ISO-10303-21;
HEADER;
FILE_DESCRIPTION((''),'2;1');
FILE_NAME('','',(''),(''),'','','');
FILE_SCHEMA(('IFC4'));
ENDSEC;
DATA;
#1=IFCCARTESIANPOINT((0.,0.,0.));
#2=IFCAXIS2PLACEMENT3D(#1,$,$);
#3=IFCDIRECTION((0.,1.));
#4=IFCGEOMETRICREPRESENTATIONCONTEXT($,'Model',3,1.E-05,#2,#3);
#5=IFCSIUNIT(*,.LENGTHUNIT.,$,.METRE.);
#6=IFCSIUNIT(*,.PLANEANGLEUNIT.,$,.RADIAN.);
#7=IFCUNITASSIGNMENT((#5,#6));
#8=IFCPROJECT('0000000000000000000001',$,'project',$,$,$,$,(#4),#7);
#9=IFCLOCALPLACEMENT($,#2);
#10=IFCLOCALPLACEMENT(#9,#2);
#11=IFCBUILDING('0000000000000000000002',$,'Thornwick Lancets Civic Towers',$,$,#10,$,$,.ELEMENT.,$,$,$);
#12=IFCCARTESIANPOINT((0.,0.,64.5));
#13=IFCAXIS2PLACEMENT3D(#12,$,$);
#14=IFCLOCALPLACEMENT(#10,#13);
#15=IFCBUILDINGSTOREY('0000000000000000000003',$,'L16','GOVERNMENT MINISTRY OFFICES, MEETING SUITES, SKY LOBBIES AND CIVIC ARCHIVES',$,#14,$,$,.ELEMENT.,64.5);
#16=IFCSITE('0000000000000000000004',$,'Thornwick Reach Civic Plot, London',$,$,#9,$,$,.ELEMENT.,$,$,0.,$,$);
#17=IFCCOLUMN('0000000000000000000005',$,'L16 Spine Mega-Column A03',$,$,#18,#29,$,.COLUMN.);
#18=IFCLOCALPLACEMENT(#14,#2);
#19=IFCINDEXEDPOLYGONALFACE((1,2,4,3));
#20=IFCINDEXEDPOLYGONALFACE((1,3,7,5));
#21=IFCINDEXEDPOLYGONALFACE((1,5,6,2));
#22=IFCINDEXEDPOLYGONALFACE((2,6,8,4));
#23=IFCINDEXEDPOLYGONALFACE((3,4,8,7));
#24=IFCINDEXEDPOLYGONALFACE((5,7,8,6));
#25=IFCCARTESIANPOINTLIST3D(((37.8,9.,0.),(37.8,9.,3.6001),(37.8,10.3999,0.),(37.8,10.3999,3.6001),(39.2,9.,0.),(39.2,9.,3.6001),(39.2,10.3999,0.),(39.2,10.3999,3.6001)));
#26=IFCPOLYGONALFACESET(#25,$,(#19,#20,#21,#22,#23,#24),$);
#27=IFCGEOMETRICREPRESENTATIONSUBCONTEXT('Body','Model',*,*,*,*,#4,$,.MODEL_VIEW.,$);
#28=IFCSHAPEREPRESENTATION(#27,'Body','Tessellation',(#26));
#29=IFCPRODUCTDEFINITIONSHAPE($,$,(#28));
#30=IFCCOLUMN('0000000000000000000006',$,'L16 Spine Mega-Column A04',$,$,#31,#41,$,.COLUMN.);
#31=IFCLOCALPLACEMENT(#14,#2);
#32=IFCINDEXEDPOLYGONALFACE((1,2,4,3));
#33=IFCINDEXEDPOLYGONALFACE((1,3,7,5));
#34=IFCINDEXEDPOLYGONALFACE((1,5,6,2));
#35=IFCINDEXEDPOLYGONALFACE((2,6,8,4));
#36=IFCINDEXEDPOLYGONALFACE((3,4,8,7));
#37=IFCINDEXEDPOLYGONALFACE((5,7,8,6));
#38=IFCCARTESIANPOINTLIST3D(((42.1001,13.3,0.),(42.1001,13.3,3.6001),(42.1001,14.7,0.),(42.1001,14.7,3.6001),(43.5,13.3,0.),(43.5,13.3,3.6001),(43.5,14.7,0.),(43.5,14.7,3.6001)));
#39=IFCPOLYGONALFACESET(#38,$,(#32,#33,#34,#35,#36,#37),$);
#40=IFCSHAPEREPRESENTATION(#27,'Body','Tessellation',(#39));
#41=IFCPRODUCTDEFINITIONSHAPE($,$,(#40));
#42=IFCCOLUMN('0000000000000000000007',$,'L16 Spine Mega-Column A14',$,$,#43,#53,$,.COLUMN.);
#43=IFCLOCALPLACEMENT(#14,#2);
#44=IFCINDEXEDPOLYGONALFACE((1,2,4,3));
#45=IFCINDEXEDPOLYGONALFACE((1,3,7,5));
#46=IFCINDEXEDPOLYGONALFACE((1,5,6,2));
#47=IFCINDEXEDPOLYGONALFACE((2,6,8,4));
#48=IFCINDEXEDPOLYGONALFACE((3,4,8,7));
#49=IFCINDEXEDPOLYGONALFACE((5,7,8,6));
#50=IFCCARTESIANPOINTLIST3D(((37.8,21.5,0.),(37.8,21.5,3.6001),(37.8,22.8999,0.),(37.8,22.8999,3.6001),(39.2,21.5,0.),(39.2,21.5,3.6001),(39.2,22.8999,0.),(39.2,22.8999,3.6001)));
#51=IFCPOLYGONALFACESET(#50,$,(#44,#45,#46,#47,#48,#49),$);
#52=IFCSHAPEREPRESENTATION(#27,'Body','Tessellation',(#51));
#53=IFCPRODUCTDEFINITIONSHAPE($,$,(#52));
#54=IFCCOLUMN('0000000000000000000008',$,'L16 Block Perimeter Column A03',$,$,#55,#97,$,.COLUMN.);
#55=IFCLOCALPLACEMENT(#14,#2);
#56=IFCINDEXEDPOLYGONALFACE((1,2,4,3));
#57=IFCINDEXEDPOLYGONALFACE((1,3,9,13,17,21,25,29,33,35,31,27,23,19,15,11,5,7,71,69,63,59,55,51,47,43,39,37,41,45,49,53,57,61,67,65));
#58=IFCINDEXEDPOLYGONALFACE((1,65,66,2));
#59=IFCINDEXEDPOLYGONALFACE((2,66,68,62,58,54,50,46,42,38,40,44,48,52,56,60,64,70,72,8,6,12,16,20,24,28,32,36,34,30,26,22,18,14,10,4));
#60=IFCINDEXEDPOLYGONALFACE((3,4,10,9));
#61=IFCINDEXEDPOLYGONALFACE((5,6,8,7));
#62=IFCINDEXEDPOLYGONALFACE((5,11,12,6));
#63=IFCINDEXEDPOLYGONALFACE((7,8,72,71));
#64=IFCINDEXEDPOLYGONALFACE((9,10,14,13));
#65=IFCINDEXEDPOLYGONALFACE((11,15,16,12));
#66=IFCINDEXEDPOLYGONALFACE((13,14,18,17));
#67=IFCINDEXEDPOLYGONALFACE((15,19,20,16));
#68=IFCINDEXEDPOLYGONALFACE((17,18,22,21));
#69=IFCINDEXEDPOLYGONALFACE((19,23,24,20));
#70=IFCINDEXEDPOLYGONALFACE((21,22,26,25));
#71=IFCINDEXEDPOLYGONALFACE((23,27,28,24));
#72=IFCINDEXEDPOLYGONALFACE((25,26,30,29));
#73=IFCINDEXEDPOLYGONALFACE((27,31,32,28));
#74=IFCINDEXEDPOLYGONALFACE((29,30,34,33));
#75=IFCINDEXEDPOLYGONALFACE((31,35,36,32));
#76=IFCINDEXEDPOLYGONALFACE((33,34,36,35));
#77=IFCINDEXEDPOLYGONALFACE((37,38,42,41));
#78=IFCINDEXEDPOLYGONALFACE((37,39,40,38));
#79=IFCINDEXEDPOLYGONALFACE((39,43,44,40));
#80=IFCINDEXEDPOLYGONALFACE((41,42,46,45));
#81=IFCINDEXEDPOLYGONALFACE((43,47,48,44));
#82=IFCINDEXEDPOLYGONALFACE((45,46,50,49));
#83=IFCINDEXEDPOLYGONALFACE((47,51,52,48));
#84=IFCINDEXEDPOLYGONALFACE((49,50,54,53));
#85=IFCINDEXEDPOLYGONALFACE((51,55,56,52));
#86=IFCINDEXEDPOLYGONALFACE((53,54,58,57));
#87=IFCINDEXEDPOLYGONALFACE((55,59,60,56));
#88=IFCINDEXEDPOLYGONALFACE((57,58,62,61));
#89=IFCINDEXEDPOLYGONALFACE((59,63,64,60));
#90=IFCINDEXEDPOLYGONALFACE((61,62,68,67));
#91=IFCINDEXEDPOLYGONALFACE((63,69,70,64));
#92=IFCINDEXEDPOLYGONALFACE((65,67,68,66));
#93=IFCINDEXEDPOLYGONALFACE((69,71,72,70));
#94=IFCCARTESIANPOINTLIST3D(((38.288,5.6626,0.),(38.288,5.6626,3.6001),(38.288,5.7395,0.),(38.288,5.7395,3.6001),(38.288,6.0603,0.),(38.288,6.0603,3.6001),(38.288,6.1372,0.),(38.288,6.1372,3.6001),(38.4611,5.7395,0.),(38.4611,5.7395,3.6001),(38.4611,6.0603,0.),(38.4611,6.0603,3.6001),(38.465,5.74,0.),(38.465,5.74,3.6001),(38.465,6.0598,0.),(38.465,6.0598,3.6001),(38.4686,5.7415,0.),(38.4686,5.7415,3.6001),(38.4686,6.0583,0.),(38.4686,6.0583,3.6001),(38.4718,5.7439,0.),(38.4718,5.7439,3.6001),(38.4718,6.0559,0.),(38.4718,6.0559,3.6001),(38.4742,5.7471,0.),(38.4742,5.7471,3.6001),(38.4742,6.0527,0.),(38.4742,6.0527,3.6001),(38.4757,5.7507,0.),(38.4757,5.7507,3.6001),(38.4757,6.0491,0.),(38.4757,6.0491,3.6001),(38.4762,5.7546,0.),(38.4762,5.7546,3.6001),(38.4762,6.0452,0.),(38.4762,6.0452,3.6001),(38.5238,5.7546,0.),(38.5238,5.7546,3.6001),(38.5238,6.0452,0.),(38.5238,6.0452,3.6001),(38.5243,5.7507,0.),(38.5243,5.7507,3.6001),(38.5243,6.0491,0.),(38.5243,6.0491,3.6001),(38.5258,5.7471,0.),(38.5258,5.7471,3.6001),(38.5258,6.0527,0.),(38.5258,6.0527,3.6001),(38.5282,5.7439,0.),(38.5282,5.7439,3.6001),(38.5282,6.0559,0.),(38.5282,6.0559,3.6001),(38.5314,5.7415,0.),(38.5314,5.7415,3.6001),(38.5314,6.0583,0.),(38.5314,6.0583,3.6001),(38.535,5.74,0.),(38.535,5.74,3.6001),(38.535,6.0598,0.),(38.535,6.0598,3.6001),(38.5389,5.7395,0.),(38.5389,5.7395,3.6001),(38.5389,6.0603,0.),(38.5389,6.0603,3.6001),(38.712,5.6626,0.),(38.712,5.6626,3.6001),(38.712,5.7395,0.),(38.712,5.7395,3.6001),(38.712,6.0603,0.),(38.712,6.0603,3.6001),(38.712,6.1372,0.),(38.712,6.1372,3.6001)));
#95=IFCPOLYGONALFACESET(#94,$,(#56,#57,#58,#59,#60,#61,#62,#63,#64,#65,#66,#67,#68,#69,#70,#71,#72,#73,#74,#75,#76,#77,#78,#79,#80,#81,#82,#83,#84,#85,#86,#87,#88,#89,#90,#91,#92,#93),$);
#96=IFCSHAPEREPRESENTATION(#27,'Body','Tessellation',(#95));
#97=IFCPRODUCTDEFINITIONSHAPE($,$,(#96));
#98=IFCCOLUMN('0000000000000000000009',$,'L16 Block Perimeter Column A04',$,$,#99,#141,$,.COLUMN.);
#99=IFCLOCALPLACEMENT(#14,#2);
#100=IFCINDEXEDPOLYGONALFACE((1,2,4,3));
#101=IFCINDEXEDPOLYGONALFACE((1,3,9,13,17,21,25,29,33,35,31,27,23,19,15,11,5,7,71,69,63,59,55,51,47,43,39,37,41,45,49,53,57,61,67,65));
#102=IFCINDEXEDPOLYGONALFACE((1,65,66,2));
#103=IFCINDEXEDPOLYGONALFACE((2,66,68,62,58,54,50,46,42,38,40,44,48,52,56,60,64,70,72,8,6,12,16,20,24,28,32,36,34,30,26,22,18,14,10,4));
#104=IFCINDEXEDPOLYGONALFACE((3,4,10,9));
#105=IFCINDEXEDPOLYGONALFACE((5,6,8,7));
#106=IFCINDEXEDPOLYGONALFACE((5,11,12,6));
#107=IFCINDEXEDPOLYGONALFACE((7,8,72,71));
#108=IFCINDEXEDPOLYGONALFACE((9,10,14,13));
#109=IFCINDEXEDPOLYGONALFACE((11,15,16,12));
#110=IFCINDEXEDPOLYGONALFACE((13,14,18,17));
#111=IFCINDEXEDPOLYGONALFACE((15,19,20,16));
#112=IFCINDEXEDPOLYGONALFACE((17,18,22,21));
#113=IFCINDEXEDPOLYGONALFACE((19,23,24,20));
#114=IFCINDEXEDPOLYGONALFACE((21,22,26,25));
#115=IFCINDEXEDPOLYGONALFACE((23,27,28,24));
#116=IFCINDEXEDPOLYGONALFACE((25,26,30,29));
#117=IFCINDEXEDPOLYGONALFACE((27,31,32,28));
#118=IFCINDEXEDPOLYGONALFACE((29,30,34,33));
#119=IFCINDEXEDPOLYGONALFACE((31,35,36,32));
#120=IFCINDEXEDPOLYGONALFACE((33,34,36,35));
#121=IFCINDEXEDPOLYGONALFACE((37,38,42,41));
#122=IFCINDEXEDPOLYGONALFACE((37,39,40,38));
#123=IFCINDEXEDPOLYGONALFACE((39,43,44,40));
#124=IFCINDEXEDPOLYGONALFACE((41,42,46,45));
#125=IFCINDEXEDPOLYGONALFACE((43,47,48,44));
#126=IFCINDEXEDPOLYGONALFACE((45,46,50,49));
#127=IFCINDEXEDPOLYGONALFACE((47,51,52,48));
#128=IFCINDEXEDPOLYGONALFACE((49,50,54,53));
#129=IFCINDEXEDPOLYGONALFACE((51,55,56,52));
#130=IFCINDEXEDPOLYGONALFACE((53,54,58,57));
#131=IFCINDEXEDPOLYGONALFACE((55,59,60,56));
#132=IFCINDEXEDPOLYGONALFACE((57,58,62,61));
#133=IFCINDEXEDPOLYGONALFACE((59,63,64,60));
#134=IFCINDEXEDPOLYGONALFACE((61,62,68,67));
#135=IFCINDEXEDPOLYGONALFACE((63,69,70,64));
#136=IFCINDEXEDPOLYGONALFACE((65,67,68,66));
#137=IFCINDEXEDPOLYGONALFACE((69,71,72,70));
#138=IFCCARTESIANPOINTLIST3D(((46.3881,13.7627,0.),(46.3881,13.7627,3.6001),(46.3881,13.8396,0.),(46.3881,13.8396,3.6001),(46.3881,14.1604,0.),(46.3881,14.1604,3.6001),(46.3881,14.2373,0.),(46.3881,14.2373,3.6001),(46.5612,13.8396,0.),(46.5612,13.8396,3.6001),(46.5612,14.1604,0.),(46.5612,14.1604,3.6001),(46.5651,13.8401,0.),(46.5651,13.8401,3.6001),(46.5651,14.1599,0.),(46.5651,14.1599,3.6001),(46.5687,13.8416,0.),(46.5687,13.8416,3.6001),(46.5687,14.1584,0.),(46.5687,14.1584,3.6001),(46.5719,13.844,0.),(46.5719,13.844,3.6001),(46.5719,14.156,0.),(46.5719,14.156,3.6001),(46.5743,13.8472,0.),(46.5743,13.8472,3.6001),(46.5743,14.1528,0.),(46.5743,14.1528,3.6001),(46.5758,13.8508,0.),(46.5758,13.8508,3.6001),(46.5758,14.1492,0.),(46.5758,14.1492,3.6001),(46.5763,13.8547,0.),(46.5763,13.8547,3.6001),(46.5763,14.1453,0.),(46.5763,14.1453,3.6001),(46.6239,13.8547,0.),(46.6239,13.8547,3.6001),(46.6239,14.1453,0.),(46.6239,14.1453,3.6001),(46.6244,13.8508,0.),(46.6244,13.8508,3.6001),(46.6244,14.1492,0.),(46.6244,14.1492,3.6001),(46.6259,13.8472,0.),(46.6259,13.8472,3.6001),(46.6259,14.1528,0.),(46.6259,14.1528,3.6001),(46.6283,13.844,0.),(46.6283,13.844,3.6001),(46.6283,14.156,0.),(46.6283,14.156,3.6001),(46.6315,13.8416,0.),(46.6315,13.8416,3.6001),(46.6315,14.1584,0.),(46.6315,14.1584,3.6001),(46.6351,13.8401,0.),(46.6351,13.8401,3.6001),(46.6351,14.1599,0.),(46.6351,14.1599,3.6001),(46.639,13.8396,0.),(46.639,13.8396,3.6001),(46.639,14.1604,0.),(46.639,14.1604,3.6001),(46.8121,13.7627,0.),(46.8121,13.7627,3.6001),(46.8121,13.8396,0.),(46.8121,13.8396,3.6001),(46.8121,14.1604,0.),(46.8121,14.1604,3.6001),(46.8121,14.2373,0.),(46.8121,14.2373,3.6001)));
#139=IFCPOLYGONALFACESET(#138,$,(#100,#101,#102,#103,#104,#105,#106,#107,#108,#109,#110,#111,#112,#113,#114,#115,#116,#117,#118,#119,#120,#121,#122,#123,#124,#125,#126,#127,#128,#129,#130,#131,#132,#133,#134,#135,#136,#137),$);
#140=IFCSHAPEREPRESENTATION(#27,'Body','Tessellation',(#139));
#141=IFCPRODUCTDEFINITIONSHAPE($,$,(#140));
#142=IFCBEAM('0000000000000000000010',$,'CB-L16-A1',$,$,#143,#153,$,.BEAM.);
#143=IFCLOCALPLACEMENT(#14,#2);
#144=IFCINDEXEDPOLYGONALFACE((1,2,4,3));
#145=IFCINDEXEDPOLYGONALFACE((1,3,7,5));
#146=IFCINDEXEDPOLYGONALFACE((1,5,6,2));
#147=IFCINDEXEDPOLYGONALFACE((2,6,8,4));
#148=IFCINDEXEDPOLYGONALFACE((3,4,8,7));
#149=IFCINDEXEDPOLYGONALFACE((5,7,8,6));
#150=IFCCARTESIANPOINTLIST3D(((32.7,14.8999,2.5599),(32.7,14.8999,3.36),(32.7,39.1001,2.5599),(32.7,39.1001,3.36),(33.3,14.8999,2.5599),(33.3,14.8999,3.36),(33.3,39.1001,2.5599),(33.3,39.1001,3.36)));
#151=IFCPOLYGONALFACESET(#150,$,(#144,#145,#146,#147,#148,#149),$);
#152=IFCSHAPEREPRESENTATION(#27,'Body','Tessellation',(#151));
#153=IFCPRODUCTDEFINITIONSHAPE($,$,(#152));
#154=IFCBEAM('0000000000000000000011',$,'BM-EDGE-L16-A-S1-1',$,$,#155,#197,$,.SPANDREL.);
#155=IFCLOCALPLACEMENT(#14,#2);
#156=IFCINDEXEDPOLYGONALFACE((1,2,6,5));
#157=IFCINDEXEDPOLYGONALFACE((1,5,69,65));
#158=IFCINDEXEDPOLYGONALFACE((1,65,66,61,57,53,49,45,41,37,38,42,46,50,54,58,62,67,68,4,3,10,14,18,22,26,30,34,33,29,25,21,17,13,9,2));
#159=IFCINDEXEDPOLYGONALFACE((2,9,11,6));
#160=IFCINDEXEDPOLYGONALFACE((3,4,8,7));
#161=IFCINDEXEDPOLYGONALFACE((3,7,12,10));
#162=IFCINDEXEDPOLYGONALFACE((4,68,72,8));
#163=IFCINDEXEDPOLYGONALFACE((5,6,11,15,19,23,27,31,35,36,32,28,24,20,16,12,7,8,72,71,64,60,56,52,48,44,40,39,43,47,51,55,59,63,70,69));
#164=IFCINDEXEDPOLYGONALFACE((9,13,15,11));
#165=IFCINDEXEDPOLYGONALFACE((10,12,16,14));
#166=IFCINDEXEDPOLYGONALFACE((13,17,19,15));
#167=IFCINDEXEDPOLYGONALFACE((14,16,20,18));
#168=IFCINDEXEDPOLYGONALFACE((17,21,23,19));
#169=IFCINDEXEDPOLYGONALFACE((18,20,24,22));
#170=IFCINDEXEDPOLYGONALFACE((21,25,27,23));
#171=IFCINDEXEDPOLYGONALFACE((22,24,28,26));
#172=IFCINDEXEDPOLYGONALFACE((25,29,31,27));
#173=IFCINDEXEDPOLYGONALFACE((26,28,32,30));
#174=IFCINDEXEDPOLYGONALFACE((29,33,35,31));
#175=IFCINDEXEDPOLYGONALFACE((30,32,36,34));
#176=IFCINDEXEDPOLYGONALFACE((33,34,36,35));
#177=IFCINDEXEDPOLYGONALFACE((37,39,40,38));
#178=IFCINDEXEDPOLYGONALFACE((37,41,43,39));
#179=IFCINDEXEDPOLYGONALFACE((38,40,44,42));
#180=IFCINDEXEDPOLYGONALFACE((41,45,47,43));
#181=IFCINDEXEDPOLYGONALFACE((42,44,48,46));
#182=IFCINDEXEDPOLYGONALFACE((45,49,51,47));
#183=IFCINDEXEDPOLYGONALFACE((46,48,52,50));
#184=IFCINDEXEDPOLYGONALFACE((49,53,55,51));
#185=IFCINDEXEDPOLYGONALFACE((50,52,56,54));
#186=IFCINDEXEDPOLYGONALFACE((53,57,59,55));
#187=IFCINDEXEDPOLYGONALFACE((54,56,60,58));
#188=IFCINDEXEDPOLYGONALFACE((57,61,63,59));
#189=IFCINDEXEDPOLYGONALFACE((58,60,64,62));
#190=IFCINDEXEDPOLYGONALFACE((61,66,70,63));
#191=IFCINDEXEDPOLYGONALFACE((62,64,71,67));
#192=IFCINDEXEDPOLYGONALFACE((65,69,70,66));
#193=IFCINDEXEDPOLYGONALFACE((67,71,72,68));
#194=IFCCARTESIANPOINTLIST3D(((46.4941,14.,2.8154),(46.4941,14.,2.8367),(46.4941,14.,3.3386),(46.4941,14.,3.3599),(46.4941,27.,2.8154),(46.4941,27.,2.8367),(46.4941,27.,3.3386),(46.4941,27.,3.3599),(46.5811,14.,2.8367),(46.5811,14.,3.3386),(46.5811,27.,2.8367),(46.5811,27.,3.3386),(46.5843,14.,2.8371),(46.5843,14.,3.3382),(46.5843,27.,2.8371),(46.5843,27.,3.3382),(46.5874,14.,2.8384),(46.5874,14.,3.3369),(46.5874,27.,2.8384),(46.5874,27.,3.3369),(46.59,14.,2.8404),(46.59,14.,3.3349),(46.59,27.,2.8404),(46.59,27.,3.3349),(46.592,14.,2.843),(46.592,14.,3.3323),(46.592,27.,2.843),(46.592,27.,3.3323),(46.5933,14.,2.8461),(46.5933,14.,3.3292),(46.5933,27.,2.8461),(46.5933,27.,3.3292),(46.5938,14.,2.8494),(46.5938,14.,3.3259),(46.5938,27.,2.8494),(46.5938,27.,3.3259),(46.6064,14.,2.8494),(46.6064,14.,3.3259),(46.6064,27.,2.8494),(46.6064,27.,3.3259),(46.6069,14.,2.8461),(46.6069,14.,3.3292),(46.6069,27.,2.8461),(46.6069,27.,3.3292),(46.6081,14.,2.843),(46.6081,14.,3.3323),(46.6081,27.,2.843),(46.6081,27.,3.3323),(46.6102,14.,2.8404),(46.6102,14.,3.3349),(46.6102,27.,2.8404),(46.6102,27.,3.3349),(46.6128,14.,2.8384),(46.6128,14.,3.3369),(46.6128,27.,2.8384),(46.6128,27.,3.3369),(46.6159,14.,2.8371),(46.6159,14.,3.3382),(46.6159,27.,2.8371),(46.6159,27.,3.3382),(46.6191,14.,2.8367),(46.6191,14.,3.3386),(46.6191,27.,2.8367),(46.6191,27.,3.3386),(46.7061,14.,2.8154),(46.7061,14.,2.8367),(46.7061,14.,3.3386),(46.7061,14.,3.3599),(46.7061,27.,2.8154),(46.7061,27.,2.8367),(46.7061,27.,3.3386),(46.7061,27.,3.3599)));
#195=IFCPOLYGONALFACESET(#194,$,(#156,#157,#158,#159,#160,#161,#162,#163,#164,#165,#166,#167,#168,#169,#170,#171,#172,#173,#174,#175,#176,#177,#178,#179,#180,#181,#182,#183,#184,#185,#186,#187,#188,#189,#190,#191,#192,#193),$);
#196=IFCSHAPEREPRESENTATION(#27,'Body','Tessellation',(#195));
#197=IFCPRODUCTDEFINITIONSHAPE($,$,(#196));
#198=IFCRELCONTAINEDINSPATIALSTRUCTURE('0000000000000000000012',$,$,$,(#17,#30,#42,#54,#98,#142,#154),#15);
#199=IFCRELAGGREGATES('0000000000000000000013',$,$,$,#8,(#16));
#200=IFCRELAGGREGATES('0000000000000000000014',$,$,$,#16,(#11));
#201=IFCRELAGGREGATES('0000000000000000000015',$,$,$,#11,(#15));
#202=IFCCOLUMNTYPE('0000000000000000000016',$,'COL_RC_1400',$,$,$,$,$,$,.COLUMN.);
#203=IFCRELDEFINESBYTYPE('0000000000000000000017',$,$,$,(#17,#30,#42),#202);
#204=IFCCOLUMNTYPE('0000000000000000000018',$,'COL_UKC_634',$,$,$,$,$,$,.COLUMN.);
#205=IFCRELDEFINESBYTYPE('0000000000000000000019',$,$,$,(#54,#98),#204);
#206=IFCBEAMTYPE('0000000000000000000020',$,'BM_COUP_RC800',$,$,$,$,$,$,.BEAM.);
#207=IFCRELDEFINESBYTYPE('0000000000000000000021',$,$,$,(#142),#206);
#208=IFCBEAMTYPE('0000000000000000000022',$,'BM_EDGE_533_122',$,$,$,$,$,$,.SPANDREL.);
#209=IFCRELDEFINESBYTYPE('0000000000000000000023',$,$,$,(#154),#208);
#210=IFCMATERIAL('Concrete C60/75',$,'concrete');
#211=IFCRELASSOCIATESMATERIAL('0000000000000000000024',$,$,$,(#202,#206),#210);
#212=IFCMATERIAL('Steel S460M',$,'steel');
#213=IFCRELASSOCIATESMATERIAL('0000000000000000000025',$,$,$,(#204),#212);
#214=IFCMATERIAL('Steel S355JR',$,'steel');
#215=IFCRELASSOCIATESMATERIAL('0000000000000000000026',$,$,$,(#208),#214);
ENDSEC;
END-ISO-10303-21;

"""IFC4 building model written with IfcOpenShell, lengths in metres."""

from ifc_helpers import new_model, si_unit, direction, frame, origin, origin_2d, place, context, subcontext, project, spatial, rectangle, i_section, extrude, material, material_profile, profile_set, type_object, element, save


model = new_model("IFC4")

# Units and contexts
model_context = context("Model", 3, precision=1e-05, world=origin(), true_north=direction((0.0, 1.0)))
body_context = subcontext(model_context, "Body", "Model", "MODEL_VIEW")
ifc_project = project(units=[si_unit("LENGTHUNIT", "METRE"), si_unit("PLANEANGLEUNIT", "RADIAN")], contexts=[model_context])

# Site, building, storey
site_placement = place(None, origin())
site = spatial("IfcSite", under=ifc_project, at=site_placement, Name="Thornwick Reach Civic Plot, London", CompositionType="ELEMENT", RefElevation=0.0)
building_placement = place(site_placement, origin())
building = spatial("IfcBuilding", under=site, at=building_placement, Name="Thornwick Lancets Civic Towers", CompositionType="ELEMENT")
storey_placement = place(building_placement, frame((0.0, 0.0, 64.5)))
storey = spatial("IfcBuildingStorey", under=building, at=storey_placement, Name="L16", Description="GOVERNMENT MINISTRY OFFICES, MEETING SUITES, SKY LOBBIES AND CIVIC ARCHIVES", CompositionType="ELEMENT", Elevation=64.5)

# Columns
ifc_material_1 = material(Name="Concrete C60/75", Category="concrete")
ifc_material_profile_1 = material_profile(ifc_material_1, rectangle(XDim=1.3999, YDim=1.3999, at=origin_2d()), Name="RC 1400x1400")
ifc_profile_set_1 = profile_set([ifc_material_profile_1], Name="Concrete C60/75")
column_type_1 = type_object("IfcColumnType", Name="COL_RC_1400", PredefinedType="COLUMN", material=ifc_profile_set_1)
for number, where, z_axis, x_axis, name in (
    (1, (38.5, 9.7, 0.0), (0.0, 0.0, 1.0), (1.0, 0.0, 0.0), "L16 Spine Mega-Column A03"),
    (2, (42.8, 14.0, 0.0), (0.0, 0.0, 1.0), (1.0, 0.0, 0.0), "L16 Spine Mega-Column A04"),
    (3, (38.5, 22.2, 0.0), (0.0, 0.0, 1.0), (1.0, 0.0, 0.0), "L16 Spine Mega-Column A14"),
):
    element("IfcColumn", number, at=place(storey_placement, frame(where, z_axis=z_axis, x_axis=x_axis)), inside=storey, type_object=column_type_1, Name=name, PredefinedType="COLUMN", context=body_context, shape_type="SweptSolid", body=[
        extrude(rectangle(XDim=1.3999, YDim=1.3999, at=origin_2d()), origin(), (0.0, 0.0, 1.0), 3.6001),
    ])
ifc_material_2 = material(Name="Steel S460M", Category="steel")
ifc_material_profile_2 = material_profile(ifc_material_2, i_section(OverallWidth=0.4241, OverallDepth=0.4746, WebThickness=0.0476, FlangeThickness=0.0769, FilletRadius=0.0151, at=origin_2d()), Name="UKC 356x406x634")
ifc_profile_set_2 = profile_set([ifc_material_profile_2], Name="Steel S460M")
column_type_2 = type_object("IfcColumnType", Name="COL_UKC_634", PredefinedType="COLUMN", material=ifc_profile_set_2)
for number, where, z_axis, x_axis, name in (
    (4, (38.5, 5.8999, 0.0), (0.0, 0.0, 1.0), (1.0, 0.0, 0.0), "L16 Block Perimeter Column A03"),
    (5, (46.6001, 14.0, 0.0), (0.0, 0.0, 1.0), (1.0, 0.0, 0.0), "L16 Block Perimeter Column A04"),
):
    element("IfcColumn", number, at=place(storey_placement, frame(where, z_axis=z_axis, x_axis=x_axis)), inside=storey, type_object=column_type_2, Name=name, PredefinedType="COLUMN", context=body_context, shape_type="SweptSolid", body=[
        extrude(i_section(OverallWidth=0.4241, OverallDepth=0.4746, WebThickness=0.0476, FlangeThickness=0.0769, FilletRadius=0.0151, at=origin_2d()), origin(), (0.0, 0.0, 1.0), 3.6001),
    ])

# Beams
ifc_material_profile_3 = material_profile(ifc_material_1, rectangle(XDim=0.6001, YDim=0.8, at=origin_2d()), Name="RC 600x800")
ifc_profile_set_3 = profile_set([ifc_material_profile_3], Name="Concrete C60/75")
beam_type_1 = type_object("IfcBeamType", Name="BM_COUP_RC800", PredefinedType="BEAM", material=ifc_profile_set_3)
beam_1_placement = place(storey_placement, frame((33.0, 14.8999, 2.96), z_axis=(0.0, 1.0, 0.0), x_axis=(-1.0, 0.0, 0.0)))
element("IfcBeam", 6, at=beam_1_placement, inside=storey, type_object=beam_type_1, Name="CB-L16-A1", PredefinedType="BEAM", context=body_context, shape_type="SweptSolid", body=[
    extrude(rectangle(XDim=0.6001, YDim=0.8, at=origin_2d()), origin(), (0.0, 0.0, 1.0), 24.2002),
])
ifc_material_3 = material(Name="Steel S355JR", Category="steel")
ifc_material_profile_4 = material_profile(ifc_material_3, i_section(OverallWidth=0.2119, OverallDepth=0.5444, WebThickness=0.0127, FlangeThickness=0.0212, FilletRadius=0.0127, at=origin_2d()), Name="UKB 533x210x122")
ifc_profile_set_4 = profile_set([ifc_material_profile_4], Name="Steel S355JR")
beam_type_2 = type_object("IfcBeamType", Name="BM_EDGE_533_122", PredefinedType="SPANDREL", material=ifc_profile_set_4)
beam_2_placement = place(storey_placement, frame((46.6001, 14.0, 3.0876), z_axis=(0.0, 1.0, 0.0), x_axis=(-1.0, 0.0, 0.0)))
element("IfcBeam", 7, at=beam_2_placement, inside=storey, type_object=beam_type_2, Name="BM-EDGE-L16-A-S1-1", PredefinedType="SPANDREL", context=body_context, shape_type="SweptSolid", body=[
    extrude(i_section(OverallWidth=0.2119, OverallDepth=0.5444, WebThickness=0.0127, FlangeThickness=0.0212, FilletRadius=0.0127, at=origin_2d()), origin(), (0.0, 0.0, 1.0), 13.0),
])

save(model, "model.ifc")
